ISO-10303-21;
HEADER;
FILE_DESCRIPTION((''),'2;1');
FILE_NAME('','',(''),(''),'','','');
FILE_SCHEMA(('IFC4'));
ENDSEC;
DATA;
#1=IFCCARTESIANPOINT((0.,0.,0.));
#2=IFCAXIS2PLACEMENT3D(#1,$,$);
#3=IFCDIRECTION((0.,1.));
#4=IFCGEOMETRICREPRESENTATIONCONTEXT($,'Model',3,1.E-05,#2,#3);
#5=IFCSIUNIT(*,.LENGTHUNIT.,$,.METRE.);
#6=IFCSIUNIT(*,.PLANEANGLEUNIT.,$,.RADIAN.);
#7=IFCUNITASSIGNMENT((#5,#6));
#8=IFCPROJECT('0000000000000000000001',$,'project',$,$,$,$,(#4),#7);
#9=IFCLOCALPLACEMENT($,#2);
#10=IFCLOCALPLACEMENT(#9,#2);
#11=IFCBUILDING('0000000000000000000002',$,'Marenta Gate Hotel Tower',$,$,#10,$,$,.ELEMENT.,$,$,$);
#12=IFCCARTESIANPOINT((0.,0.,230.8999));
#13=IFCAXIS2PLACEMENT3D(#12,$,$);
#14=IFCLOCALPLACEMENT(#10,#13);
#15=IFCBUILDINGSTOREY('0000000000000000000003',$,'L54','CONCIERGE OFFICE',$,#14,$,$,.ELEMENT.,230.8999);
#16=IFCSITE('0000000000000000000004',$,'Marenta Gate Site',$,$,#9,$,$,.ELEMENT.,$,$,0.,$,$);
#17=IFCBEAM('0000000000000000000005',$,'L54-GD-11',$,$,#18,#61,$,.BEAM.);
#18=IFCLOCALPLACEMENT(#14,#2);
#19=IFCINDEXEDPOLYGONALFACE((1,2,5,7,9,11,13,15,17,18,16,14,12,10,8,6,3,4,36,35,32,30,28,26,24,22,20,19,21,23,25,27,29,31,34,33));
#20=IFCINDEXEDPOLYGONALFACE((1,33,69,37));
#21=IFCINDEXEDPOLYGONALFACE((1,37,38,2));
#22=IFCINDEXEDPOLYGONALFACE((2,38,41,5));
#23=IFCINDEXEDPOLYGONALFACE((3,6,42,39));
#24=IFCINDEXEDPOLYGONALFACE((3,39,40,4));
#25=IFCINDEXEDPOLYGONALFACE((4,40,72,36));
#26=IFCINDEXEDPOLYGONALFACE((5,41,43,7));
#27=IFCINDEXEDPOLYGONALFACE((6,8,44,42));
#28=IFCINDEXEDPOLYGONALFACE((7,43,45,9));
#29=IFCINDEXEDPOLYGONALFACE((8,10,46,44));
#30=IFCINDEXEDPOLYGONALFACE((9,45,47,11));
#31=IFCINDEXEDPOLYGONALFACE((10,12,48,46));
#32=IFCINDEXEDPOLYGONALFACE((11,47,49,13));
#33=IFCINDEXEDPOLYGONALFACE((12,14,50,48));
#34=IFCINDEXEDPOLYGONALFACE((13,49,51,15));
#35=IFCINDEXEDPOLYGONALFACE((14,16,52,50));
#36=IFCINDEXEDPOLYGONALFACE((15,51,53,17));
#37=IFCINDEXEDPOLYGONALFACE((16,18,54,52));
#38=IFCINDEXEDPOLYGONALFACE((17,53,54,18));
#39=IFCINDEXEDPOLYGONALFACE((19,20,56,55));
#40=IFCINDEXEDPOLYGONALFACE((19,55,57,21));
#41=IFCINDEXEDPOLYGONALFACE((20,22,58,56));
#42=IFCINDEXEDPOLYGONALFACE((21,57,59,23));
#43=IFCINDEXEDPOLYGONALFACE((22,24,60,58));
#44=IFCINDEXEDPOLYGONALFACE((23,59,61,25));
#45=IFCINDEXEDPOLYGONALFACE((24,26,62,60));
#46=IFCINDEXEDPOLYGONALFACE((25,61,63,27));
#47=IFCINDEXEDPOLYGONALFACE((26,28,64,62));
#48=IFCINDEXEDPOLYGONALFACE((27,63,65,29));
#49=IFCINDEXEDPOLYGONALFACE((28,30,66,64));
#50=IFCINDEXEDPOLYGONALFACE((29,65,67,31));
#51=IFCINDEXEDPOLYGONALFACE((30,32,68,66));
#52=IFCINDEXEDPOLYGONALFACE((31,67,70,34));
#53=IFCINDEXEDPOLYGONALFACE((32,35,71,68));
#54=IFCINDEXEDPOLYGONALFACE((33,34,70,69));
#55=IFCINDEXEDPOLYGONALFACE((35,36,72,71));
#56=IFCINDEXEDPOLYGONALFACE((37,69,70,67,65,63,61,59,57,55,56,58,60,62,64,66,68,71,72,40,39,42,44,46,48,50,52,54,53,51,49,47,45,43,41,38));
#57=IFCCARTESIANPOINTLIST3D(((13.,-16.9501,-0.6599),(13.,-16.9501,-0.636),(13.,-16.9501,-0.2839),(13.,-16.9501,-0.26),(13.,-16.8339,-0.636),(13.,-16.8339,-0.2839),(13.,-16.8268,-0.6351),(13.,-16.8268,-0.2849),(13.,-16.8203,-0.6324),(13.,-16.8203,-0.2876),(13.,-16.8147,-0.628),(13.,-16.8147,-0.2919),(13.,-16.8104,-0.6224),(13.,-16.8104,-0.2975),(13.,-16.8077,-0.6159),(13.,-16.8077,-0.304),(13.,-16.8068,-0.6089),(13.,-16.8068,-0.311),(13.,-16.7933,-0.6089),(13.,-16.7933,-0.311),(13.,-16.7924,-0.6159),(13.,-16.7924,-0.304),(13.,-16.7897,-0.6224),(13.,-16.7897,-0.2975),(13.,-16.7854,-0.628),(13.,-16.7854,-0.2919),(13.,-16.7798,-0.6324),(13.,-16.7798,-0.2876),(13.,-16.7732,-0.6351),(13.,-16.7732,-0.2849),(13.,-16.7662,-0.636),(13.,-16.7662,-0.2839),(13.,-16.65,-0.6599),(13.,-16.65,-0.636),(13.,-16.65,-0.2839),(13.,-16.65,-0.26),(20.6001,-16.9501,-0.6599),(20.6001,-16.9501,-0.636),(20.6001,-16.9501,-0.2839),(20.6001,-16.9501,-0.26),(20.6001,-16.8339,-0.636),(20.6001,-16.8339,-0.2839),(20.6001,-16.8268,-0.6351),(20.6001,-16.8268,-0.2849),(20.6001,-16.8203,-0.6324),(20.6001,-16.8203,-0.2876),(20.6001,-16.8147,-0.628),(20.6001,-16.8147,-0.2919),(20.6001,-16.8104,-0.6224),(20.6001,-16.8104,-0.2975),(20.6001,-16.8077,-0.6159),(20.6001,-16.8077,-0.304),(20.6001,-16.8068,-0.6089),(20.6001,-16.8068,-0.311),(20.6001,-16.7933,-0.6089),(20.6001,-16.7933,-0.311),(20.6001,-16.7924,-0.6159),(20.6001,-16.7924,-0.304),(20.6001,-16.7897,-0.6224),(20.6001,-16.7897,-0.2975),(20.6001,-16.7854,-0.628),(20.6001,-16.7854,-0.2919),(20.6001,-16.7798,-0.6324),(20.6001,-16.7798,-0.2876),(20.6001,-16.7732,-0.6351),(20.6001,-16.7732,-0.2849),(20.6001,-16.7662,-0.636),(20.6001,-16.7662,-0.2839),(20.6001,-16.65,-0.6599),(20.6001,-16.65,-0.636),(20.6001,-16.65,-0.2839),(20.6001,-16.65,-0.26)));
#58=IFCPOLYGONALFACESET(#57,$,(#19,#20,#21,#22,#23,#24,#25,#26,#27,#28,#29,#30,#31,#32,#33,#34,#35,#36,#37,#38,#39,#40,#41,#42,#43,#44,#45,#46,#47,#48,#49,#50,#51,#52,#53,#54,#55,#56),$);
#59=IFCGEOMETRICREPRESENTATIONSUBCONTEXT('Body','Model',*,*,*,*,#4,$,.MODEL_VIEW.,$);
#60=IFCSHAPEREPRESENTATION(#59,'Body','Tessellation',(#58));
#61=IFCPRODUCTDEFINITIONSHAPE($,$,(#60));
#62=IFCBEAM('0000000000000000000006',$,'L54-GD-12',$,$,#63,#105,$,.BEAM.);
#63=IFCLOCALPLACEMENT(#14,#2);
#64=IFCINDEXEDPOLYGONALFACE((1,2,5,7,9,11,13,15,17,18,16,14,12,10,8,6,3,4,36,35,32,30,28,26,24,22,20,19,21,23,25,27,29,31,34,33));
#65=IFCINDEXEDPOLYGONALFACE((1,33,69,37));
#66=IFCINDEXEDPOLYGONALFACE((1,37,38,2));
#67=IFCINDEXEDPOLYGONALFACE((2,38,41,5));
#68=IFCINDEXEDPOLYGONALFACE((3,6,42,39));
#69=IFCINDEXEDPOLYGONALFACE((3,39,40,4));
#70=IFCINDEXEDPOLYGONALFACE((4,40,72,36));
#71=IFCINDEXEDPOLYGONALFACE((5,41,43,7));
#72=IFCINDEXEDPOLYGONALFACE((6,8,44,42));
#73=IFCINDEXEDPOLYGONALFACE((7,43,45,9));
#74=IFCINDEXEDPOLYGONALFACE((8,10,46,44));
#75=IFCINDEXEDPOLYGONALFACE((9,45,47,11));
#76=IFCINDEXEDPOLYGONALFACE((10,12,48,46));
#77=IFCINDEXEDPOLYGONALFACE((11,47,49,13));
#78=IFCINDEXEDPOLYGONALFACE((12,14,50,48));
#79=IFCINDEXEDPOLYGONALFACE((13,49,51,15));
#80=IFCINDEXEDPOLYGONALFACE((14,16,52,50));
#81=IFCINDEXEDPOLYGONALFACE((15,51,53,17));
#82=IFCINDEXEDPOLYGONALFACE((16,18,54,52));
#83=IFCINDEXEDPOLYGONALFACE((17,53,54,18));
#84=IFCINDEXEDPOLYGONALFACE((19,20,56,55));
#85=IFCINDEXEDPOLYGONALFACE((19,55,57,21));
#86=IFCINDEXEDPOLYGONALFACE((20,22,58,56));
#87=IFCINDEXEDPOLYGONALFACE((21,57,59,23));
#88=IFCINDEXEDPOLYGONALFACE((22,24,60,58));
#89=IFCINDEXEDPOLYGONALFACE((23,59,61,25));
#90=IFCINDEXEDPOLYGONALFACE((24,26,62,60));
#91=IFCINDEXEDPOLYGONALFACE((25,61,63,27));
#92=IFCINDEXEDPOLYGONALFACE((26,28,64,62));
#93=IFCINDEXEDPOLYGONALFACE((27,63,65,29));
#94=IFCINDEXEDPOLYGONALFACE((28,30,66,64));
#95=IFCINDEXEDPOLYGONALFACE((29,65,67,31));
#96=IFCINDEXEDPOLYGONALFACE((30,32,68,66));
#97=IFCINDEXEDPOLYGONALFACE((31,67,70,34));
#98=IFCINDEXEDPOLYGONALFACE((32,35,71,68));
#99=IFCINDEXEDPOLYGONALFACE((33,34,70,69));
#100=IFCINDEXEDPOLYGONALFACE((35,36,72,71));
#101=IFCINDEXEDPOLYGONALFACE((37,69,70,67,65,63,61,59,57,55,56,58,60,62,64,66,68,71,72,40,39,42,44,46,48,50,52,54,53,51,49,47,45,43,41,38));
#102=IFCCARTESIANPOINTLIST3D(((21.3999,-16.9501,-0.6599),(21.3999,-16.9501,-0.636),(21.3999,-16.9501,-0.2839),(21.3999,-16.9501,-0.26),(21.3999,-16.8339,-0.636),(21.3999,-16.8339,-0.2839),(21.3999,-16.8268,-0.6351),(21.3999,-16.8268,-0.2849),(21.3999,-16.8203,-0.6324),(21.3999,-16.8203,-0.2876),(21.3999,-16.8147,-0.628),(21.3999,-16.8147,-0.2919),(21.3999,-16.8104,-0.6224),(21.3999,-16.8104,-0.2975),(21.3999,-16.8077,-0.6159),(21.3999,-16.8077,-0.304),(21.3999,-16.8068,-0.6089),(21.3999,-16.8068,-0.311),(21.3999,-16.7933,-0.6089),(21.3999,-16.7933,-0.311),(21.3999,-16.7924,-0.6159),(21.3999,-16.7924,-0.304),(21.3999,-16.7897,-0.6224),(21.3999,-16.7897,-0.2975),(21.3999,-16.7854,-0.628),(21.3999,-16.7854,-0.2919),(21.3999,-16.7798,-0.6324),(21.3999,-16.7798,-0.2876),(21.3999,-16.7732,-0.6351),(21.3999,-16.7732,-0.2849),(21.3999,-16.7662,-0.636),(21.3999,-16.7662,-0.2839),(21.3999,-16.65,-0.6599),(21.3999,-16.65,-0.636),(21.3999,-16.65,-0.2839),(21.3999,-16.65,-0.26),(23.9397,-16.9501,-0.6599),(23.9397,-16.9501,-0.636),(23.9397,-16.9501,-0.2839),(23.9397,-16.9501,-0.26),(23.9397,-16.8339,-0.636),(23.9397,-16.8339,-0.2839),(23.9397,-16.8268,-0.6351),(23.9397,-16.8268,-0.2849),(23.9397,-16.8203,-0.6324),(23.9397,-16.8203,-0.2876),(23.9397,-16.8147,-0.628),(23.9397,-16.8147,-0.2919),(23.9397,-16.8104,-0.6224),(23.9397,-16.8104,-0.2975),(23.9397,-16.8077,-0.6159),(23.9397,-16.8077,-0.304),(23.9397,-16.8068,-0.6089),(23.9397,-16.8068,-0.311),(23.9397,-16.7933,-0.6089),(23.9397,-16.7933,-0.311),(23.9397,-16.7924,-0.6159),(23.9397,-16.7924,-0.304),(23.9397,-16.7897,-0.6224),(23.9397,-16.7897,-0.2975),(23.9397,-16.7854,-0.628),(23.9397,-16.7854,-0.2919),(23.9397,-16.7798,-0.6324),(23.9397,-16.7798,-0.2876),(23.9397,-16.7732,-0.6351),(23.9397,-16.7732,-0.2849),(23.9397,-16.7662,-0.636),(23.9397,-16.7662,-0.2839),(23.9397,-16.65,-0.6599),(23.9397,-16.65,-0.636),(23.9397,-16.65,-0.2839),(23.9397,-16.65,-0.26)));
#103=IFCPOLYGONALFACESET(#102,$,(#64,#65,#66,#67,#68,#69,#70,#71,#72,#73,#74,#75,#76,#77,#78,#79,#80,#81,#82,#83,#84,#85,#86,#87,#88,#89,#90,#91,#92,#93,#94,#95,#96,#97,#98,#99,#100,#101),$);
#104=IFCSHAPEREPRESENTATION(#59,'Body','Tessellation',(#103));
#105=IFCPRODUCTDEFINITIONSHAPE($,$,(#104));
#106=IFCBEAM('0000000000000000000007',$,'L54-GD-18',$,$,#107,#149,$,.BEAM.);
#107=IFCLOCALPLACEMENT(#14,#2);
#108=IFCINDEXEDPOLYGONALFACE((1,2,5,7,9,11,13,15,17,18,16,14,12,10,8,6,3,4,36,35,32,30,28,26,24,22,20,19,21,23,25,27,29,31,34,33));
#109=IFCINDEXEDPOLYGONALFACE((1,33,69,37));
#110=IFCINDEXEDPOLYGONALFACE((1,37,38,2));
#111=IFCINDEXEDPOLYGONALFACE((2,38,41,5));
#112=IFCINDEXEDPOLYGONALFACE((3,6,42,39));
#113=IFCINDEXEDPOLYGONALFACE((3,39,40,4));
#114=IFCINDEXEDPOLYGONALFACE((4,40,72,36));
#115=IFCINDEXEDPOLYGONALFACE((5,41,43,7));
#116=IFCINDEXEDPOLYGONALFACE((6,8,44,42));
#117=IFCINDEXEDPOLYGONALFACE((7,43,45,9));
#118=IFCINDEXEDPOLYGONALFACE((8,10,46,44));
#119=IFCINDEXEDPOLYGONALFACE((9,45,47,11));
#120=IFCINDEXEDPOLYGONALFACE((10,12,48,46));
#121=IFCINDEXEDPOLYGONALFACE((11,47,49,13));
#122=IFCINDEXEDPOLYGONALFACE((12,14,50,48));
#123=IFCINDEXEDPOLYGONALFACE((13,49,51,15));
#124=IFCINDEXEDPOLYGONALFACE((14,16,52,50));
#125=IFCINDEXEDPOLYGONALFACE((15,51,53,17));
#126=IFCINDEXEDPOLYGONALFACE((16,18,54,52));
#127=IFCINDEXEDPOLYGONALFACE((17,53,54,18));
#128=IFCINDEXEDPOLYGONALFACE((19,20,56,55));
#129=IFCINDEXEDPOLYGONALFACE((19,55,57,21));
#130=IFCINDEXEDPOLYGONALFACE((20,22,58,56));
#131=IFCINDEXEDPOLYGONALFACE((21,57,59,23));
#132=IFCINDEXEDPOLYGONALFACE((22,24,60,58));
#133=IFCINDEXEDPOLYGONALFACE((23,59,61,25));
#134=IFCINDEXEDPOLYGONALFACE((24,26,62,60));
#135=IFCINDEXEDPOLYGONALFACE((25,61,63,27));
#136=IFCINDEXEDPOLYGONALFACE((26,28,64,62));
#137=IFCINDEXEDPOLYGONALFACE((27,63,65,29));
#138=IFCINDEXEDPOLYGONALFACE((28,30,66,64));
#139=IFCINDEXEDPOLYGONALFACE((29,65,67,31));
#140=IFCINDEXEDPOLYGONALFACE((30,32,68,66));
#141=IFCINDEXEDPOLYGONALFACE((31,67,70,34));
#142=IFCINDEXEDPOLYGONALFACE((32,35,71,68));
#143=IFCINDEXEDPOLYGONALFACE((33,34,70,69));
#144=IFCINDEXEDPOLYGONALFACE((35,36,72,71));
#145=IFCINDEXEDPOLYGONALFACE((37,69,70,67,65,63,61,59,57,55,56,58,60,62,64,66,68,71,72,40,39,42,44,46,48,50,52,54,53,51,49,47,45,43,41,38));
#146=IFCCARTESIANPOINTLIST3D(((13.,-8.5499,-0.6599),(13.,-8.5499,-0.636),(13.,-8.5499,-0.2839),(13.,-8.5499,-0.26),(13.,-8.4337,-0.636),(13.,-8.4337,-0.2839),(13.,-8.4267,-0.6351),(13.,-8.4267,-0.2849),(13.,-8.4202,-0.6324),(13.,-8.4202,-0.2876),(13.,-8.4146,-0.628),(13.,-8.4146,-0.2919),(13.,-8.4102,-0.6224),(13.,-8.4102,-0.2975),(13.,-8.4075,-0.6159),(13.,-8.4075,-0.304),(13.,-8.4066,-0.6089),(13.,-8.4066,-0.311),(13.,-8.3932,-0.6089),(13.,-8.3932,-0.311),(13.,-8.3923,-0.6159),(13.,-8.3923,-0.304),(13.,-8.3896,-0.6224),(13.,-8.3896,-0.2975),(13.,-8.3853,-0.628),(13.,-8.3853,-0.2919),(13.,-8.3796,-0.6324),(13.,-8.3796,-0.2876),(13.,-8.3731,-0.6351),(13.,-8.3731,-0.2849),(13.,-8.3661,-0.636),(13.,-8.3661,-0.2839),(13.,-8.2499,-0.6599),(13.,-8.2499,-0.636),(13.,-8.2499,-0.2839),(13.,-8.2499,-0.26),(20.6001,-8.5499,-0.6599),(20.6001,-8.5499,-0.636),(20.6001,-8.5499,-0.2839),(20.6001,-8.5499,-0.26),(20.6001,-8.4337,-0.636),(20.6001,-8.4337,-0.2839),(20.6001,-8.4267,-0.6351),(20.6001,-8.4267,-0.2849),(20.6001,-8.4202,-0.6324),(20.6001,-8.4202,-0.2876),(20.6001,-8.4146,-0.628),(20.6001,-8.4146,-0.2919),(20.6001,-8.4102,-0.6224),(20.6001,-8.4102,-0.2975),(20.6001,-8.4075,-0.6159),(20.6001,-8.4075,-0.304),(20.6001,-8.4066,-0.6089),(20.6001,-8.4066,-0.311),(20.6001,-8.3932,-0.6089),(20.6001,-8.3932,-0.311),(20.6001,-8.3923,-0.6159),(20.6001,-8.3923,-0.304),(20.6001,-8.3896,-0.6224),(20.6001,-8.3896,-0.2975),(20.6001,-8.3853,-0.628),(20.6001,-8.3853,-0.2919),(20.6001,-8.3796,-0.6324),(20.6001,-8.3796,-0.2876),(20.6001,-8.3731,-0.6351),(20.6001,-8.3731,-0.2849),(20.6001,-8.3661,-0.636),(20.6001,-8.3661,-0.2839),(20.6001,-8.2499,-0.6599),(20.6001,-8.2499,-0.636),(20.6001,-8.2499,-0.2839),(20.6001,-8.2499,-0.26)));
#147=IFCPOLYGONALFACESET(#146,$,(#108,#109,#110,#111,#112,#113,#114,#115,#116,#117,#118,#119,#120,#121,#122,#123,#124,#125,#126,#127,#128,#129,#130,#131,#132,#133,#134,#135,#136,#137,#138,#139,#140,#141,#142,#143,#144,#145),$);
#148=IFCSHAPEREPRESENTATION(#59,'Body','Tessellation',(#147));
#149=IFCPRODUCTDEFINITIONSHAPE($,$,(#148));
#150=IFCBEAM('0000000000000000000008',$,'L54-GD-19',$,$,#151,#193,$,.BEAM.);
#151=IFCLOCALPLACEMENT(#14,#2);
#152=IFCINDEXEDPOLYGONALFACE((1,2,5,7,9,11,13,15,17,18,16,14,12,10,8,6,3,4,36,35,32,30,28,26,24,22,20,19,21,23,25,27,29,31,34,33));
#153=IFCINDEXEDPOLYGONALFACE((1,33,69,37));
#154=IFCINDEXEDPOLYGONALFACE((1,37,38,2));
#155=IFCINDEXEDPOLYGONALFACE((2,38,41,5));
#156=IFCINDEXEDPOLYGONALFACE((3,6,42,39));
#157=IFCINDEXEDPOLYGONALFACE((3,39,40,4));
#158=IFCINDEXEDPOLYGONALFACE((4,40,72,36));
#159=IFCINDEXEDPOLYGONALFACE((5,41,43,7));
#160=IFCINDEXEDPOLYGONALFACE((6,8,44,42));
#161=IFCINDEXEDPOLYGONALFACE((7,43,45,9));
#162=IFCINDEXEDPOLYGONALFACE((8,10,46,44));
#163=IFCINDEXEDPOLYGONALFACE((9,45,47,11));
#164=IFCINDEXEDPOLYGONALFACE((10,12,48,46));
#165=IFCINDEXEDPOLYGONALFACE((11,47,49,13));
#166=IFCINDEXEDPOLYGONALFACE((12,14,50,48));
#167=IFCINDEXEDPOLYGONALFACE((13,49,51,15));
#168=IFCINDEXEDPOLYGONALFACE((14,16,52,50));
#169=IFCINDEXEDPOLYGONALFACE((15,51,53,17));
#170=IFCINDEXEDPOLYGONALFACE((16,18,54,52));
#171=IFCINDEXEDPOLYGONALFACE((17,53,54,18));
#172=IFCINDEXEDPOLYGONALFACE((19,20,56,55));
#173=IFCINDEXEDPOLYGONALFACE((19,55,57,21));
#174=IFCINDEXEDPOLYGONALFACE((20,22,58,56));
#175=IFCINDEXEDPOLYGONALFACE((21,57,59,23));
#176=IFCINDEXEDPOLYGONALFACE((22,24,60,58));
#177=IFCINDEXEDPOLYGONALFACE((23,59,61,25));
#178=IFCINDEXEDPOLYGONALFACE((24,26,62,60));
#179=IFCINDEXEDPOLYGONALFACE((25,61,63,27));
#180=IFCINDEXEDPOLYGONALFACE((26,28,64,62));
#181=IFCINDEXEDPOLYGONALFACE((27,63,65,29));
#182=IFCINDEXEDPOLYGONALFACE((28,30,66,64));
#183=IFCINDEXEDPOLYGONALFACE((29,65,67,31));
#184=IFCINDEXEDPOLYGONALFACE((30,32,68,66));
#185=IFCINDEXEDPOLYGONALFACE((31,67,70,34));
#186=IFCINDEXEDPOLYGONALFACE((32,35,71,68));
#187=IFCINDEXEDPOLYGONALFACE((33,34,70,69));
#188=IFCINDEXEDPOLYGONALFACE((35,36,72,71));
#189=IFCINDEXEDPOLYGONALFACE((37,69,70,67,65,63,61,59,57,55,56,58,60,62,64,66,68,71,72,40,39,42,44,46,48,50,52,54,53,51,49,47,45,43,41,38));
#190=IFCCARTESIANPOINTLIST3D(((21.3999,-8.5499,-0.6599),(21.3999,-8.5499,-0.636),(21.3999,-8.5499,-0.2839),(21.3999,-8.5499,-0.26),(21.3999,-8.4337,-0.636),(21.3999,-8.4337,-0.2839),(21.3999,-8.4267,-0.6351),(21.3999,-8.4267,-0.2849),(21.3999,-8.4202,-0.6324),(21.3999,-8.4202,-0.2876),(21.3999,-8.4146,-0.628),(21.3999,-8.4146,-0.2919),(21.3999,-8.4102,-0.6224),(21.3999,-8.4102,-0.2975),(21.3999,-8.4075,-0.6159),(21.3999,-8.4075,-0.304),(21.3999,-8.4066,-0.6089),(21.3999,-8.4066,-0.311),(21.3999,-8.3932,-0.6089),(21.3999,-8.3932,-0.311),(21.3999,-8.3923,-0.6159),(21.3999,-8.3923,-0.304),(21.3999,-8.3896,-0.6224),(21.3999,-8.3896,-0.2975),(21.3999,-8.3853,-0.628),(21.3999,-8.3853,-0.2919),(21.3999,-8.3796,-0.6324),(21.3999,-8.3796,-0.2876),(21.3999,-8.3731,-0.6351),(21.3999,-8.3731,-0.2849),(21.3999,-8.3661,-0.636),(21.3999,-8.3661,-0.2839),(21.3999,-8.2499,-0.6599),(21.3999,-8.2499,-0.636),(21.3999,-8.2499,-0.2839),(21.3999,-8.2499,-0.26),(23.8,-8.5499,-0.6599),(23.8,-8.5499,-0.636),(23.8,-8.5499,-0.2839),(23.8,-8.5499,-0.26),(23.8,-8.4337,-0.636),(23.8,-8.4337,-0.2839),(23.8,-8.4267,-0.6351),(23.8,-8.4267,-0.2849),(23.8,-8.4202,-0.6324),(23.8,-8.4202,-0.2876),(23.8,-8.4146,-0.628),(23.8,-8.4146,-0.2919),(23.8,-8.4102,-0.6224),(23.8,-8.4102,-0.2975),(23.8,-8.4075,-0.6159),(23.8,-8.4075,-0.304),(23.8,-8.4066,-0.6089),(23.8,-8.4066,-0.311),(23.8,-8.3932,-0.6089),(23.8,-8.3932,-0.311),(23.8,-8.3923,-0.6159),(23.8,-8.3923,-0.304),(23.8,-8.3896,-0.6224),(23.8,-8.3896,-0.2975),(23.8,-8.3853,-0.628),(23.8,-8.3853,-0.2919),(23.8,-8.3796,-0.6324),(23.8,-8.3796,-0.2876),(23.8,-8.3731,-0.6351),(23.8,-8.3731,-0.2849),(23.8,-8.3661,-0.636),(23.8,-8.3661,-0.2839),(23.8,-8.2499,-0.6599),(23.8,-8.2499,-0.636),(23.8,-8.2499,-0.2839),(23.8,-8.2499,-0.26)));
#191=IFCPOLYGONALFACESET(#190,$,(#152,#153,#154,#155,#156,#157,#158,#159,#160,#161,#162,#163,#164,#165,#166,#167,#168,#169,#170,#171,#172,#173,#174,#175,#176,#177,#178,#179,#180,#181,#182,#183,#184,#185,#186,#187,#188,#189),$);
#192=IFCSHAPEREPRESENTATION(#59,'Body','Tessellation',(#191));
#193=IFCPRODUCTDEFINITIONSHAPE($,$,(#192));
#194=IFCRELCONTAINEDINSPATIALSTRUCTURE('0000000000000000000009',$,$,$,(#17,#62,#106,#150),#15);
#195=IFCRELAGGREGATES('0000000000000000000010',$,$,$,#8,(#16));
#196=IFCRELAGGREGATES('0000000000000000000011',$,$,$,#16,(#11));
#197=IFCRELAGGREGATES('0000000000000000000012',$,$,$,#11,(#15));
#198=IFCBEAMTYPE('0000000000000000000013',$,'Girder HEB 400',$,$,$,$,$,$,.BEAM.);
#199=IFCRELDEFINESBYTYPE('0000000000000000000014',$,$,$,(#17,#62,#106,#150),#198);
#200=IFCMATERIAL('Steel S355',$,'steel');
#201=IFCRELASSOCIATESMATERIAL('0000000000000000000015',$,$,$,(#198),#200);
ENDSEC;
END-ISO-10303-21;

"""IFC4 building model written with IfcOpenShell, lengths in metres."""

from ifc_helpers import new_model, si_unit, direction, frame, origin, origin_2d, place, context, subcontext, project, spatial, i_section, extrude, material, material_profile, profile_set, type_object, element, save


model = new_model("IFC4")

# Units and contexts
model_context = context("Model", 3, precision=1e-05, world=origin(), true_north=direction((0.0, 1.0)))
body_context = subcontext(model_context, "Body", "Model", "MODEL_VIEW")
ifc_project = project(units=[si_unit("LENGTHUNIT", "METRE"), si_unit("PLANEANGLEUNIT", "RADIAN")], contexts=[model_context])

# Site, building, storey
site_placement = place(None, origin())
site = spatial("IfcSite", under=ifc_project, at=site_placement, Name="Marenta Gate Site", CompositionType="ELEMENT", RefElevation=0.0)
building_placement = place(site_placement, origin())
building = spatial("IfcBuilding", under=site, at=building_placement, Name="Marenta Gate Hotel Tower", CompositionType="ELEMENT")
storey_placement = place(building_placement, frame((0.0, 0.0, 230.8999)))
storey = spatial("IfcBuildingStorey", under=building, at=storey_placement, Name="L54", Description="CONCIERGE OFFICE", CompositionType="ELEMENT", Elevation=230.8999)

# Beams
ifc_material_1 = material(Name="Steel S355", Category="steel")
ifc_material_profile_1 = material_profile(ifc_material_1, i_section(OverallWidth=0.3, OverallDepth=0.3999, WebThickness=0.0134, FlangeThickness=0.0239, FilletRadius=0.0271, at=origin_2d()), Name="HEB 400")
ifc_profile_set_1 = profile_set([ifc_material_profile_1], Name="Steel S355")
beam_type_1 = type_object("IfcBeamType", Name="Girder HEB 400", PredefinedType="BEAM", material=ifc_profile_set_1)
beam_1_placement = place(storey_placement, frame((13.0, -16.8, -0.46), z_axis=(1.0, 0.0, 0.0), x_axis=(0.0, 1.0, 0.0)))
element("IfcBeam", 1, at=beam_1_placement, inside=storey, type_object=beam_type_1, Name="L54-GD-11", PredefinedType="BEAM", context=body_context, shape_type="SweptSolid", body=[
    extrude(i_section(OverallWidth=0.3, OverallDepth=0.3999, WebThickness=0.0134, FlangeThickness=0.0239, FilletRadius=0.0271, at=origin_2d()), origin(), (0.0, 0.0, 1.0), 7.6001),
])
beam_2_placement = place(storey_placement, frame((21.3999, -16.8, -0.46), z_axis=(1.0, 0.0, 0.0), x_axis=(0.0, 1.0, 0.0)))
element("IfcBeam", 2, at=beam_2_placement, inside=storey, type_object=beam_type_1, Name="L54-GD-12", PredefinedType="BEAM", context=body_context, shape_type="SweptSolid", body=[
    extrude(i_section(OverallWidth=0.3, OverallDepth=0.3999, WebThickness=0.0134, FlangeThickness=0.0239, FilletRadius=0.0271, at=origin_2d()), origin(), (0.0, 0.0, 1.0), 2.5398),
])
beam_3_placement = place(storey_placement, frame((13.0, -8.3999, -0.46), z_axis=(1.0, 0.0, 0.0), x_axis=(0.0, 1.0, 0.0)))
element("IfcBeam", 3, at=beam_3_placement, inside=storey, type_object=beam_type_1, Name="L54-GD-18", PredefinedType="BEAM", context=body_context, shape_type="SweptSolid", body=[
    extrude(i_section(OverallWidth=0.3, OverallDepth=0.3999, WebThickness=0.0134, FlangeThickness=0.0239, FilletRadius=0.0271, at=origin_2d()), origin(), (0.0, 0.0, 1.0), 7.6001),
])
beam_4_placement = place(storey_placement, frame((21.3999, -8.3999, -0.46), z_axis=(1.0, 0.0, 0.0), x_axis=(0.0, 1.0, 0.0)))
element("IfcBeam", 4, at=beam_4_placement, inside=storey, type_object=beam_type_1, Name="L54-GD-19", PredefinedType="BEAM", context=body_context, shape_type="SweptSolid", body=[
    extrude(i_section(OverallWidth=0.3, OverallDepth=0.3999, WebThickness=0.0134, FlangeThickness=0.0239, FilletRadius=0.0271, at=origin_2d()), origin(), (0.0, 0.0, 1.0), 2.4001),
])

save(model, "model.ifc")
